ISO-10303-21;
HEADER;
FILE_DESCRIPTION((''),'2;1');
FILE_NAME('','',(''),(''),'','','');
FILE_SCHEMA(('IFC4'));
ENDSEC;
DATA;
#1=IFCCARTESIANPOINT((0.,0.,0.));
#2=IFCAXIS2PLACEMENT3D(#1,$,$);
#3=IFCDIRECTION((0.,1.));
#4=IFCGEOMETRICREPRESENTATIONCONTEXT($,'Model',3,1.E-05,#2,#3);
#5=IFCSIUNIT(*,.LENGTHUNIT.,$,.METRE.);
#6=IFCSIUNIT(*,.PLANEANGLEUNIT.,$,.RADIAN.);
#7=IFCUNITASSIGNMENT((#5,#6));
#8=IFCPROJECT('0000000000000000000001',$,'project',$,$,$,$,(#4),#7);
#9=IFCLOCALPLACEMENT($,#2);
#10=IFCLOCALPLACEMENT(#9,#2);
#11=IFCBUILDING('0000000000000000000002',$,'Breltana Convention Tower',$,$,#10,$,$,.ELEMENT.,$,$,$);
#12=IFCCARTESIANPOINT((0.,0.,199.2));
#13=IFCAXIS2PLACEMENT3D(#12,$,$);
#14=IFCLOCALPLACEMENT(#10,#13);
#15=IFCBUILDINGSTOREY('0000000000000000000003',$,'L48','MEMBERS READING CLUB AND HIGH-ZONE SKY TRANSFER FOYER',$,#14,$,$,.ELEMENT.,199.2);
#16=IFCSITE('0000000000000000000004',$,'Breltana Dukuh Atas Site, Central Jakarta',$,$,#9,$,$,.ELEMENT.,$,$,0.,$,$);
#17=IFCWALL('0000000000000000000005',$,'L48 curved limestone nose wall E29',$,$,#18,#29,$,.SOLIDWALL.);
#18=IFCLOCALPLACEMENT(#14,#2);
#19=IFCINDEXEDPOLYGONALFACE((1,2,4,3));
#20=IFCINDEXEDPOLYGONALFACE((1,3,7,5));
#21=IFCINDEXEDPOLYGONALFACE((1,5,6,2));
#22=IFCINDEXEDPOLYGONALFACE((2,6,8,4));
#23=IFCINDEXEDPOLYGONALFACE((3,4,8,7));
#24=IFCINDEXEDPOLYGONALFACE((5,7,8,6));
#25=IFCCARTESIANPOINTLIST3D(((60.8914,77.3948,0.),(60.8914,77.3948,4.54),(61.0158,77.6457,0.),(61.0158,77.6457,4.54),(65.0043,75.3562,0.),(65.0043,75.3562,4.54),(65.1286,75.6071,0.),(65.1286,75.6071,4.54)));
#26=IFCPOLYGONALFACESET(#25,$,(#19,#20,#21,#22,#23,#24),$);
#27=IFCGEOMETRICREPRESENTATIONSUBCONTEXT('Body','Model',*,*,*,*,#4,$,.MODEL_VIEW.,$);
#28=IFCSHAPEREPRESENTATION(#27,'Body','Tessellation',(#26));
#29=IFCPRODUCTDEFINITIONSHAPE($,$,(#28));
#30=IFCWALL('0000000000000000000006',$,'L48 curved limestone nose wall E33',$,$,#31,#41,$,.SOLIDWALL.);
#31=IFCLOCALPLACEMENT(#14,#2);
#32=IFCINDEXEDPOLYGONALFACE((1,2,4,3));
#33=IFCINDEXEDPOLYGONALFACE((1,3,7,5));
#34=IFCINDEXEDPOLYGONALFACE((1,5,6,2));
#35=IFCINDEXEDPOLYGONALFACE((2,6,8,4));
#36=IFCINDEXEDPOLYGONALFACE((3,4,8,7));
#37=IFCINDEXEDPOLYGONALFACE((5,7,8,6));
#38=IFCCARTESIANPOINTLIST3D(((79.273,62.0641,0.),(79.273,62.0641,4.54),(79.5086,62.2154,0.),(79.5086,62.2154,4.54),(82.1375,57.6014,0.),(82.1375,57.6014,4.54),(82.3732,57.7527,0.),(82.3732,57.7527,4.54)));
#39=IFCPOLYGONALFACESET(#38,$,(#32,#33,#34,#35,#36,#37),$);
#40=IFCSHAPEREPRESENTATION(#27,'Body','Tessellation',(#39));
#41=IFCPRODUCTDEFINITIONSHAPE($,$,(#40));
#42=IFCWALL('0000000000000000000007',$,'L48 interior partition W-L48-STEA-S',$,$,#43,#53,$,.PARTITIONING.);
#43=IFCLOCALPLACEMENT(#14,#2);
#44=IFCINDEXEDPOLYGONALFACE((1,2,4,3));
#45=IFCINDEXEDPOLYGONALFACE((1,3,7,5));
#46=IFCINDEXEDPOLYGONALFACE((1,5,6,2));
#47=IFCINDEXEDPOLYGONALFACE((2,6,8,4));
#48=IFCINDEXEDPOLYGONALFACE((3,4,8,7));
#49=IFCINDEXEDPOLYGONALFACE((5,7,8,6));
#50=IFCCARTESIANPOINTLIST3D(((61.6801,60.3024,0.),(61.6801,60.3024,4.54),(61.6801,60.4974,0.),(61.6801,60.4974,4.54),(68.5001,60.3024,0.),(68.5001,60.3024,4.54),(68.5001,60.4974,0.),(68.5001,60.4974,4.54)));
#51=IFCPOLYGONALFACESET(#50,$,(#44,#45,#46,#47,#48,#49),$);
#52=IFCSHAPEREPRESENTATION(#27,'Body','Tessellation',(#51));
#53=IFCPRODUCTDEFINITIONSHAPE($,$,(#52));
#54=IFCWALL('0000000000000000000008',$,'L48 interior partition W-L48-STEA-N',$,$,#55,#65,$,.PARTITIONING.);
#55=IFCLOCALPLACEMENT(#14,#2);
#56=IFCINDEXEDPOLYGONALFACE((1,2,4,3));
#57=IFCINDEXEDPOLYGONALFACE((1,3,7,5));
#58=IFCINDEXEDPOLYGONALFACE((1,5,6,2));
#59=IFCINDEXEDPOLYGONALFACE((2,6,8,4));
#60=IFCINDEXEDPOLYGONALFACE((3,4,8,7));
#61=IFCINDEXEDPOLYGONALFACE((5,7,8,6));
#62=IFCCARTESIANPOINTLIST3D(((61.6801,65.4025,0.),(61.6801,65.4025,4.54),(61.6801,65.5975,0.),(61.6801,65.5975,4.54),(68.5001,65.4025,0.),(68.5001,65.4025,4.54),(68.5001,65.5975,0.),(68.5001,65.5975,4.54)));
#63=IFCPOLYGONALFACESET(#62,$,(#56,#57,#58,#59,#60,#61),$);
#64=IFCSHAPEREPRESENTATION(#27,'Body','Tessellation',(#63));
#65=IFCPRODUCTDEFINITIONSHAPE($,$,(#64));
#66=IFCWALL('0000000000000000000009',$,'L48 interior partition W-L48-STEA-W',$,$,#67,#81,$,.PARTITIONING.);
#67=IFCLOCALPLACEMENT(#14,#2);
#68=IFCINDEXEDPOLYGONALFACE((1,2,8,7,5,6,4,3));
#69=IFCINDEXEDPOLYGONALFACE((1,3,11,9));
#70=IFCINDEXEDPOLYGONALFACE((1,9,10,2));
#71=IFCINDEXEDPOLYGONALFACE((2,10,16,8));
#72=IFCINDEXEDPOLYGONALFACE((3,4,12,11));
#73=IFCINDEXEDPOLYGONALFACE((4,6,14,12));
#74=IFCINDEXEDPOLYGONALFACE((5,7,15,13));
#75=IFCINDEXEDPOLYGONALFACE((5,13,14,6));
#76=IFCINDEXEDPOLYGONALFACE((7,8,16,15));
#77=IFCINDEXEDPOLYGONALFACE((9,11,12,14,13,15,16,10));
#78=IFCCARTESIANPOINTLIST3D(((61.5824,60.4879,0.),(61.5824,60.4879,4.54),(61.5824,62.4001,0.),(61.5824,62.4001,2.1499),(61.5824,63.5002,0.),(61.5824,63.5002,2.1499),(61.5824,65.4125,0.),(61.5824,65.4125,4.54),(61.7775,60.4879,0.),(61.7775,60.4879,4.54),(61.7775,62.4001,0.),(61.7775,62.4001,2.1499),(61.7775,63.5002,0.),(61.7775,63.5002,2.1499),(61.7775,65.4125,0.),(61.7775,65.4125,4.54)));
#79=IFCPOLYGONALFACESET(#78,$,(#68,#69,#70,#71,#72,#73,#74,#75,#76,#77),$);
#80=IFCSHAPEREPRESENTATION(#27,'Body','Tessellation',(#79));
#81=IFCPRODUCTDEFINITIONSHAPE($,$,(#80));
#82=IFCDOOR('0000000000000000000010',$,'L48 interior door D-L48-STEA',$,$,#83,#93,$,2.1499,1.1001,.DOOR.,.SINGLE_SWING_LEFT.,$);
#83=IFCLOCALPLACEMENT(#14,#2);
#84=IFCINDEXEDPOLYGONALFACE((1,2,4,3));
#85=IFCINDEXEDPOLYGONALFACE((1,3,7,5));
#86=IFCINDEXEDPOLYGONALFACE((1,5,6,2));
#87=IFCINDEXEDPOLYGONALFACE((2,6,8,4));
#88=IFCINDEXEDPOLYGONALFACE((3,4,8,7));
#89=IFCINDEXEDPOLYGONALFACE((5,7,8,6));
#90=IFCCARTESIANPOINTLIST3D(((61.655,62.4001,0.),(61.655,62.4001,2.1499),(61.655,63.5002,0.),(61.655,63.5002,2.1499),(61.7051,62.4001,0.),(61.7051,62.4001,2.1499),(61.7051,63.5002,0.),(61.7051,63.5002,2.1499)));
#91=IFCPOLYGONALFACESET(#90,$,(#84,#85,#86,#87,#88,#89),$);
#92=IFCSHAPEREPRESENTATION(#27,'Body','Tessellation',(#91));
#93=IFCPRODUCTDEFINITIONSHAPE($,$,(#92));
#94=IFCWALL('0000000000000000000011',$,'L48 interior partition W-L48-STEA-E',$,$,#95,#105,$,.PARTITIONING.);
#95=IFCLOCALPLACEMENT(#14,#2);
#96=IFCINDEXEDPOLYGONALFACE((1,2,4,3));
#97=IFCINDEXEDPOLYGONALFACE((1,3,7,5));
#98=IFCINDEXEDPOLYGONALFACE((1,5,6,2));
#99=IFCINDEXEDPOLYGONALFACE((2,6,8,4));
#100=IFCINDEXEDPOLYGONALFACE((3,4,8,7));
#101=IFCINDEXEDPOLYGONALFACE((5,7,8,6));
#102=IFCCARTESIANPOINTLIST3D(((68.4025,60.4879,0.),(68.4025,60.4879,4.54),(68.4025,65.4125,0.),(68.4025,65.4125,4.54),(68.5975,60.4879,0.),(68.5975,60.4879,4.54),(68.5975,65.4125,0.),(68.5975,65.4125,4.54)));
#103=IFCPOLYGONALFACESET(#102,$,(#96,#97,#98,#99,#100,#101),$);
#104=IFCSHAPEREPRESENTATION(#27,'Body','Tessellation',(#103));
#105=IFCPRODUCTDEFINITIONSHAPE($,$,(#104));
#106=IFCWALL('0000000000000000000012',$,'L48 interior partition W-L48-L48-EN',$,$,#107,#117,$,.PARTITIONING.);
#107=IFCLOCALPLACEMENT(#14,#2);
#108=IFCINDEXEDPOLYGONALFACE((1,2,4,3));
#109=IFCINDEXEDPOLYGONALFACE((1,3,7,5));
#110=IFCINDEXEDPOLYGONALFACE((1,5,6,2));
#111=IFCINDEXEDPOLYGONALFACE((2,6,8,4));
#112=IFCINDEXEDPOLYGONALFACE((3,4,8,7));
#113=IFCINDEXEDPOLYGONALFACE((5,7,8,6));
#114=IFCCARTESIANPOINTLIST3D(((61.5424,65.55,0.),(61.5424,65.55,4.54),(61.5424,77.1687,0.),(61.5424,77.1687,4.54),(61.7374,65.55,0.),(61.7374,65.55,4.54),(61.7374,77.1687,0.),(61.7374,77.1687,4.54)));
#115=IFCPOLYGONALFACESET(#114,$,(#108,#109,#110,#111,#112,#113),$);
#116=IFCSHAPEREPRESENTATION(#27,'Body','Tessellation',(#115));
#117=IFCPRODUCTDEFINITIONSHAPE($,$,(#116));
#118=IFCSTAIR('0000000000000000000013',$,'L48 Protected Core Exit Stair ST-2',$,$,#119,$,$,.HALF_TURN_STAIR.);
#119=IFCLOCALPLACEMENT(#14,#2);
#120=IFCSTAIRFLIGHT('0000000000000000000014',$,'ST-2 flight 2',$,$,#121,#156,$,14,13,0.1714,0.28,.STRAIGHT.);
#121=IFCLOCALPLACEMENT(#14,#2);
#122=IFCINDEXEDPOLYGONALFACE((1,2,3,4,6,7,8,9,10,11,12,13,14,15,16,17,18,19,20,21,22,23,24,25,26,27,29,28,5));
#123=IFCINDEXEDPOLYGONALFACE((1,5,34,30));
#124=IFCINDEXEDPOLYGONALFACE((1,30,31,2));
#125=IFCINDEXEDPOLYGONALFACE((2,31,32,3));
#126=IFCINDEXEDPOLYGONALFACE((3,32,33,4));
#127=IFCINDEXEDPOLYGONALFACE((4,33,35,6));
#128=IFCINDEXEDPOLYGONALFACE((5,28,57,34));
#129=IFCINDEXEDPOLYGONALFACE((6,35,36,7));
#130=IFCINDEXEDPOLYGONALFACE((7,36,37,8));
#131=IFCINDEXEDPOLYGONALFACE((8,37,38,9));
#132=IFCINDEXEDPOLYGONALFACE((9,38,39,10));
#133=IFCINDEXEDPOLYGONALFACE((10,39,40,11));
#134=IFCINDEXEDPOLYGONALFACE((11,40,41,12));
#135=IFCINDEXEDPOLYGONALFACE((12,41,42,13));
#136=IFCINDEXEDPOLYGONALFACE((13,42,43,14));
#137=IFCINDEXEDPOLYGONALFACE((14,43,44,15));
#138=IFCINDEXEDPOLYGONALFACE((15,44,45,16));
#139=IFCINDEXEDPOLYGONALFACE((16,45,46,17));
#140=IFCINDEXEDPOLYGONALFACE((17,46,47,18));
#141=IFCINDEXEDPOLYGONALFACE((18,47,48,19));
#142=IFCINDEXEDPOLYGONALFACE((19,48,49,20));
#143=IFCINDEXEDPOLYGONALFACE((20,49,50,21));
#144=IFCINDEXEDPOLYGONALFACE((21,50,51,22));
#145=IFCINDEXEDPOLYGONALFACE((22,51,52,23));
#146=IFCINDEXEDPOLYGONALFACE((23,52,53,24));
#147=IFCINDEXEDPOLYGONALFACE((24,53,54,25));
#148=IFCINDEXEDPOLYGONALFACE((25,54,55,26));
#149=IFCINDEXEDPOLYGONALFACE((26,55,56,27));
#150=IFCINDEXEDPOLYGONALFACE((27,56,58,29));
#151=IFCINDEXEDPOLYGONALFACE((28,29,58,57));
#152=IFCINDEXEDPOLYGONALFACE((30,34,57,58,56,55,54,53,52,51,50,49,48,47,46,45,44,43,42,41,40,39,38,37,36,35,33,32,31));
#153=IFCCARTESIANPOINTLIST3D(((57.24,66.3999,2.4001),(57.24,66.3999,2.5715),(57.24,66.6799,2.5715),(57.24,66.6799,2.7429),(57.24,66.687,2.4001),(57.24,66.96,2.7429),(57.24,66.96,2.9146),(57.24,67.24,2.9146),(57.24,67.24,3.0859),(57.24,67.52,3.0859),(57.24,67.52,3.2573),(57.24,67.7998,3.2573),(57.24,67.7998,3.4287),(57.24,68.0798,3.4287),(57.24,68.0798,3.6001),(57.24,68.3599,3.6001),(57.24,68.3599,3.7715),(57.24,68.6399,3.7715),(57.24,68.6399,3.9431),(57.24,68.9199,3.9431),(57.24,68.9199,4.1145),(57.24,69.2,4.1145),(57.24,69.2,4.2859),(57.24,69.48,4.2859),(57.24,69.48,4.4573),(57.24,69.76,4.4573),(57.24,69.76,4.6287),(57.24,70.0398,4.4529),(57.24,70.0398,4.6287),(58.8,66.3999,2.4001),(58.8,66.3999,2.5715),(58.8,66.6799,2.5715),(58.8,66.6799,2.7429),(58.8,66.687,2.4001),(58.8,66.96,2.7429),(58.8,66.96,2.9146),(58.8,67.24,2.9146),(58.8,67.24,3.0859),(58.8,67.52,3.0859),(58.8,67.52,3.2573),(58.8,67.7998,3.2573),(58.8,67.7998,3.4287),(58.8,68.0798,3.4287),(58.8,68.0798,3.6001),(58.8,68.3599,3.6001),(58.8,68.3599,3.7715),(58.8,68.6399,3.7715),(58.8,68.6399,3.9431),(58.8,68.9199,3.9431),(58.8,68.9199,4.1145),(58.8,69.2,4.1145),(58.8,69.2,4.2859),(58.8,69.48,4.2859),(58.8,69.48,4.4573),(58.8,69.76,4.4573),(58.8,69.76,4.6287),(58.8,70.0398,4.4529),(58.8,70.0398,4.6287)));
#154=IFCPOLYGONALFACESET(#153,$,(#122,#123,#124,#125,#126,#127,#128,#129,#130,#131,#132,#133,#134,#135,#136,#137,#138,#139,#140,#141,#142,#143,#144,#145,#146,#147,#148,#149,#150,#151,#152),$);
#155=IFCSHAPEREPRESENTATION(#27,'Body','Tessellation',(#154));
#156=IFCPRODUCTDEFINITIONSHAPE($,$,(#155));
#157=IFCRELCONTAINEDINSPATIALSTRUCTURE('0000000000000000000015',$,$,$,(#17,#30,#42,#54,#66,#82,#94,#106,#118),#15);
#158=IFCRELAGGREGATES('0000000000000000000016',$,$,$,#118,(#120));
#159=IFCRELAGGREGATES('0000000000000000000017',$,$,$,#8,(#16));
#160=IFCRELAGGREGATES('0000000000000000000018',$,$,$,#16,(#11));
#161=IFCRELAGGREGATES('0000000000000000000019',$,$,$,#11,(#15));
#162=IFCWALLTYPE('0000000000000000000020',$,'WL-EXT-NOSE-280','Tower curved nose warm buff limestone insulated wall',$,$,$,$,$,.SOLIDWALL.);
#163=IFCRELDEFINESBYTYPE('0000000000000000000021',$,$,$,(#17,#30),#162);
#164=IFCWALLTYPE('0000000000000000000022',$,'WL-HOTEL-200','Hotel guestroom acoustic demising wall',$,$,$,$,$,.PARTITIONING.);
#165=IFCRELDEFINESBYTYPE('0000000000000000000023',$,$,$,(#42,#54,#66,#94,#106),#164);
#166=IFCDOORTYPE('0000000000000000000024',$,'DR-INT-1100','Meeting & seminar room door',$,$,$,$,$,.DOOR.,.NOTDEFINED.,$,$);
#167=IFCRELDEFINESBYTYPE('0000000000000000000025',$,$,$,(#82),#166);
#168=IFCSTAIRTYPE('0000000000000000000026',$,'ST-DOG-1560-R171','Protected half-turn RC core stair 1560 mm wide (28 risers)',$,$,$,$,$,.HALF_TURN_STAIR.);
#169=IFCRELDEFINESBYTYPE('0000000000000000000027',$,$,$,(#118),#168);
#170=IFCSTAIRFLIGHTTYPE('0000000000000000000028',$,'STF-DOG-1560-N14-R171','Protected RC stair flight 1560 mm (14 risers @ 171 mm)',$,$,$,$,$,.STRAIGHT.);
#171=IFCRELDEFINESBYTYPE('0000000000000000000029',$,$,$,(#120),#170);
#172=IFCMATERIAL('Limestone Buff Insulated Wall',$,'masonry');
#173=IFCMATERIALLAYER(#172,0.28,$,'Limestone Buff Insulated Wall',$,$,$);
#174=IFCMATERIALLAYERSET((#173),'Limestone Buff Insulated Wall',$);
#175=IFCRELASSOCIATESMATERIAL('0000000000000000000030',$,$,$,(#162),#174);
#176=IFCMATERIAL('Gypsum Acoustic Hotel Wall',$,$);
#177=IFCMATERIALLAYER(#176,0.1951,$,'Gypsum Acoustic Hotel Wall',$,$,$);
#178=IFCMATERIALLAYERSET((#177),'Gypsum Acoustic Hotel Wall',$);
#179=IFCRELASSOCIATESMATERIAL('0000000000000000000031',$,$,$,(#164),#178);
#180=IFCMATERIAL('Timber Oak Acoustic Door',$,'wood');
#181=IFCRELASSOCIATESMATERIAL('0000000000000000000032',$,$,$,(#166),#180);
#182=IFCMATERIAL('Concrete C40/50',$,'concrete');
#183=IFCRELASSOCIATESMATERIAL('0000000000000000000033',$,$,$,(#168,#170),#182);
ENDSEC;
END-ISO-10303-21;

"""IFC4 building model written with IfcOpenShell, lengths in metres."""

from ifc_helpers import new_model, si_unit, direction, frame, frame_2d, origin, place, context, subcontext, project, spatial, polyline, rectangle, outline, extrude, source, transform, mapped, material, layer, layer_set, type_object, type_shapes, element, fill, aggregate, save


model = new_model("IFC4")

# Units and contexts
model_context = context("Model", 3, precision=1e-05, world=origin(), true_north=direction((0.0, 1.0)))
body_context = subcontext(model_context, "Body", "Model", "MODEL_VIEW")
ifc_project = project(units=[si_unit("LENGTHUNIT", "METRE"), si_unit("PLANEANGLEUNIT", "RADIAN")], contexts=[model_context])

# Site, building, storey
site_placement = place(None, origin())
site = spatial("IfcSite", under=ifc_project, at=site_placement, Name="Breltana Dukuh Atas Site, Central Jakarta", CompositionType="ELEMENT", RefElevation=0.0)
building_placement = place(site_placement, origin())
building = spatial("IfcBuilding", under=site, at=building_placement, Name="Breltana Convention Tower", CompositionType="ELEMENT")
storey_placement = place(building_placement, frame((0.0, 0.0, 199.2)))
storey = spatial("IfcBuildingStorey", under=building, at=storey_placement, Name="L48", Description="MEMBERS READING CLUB AND HIGH-ZONE SKY TRANSFER FOYER", CompositionType="ELEMENT", Elevation=199.2)

# Walls
ifc_material_1 = material(Name="Limestone Buff Insulated Wall", Category="masonry")
ifc_layer_1 = layer(ifc_material_1, 0.28, Name="Limestone Buff Insulated Wall")
ifc_layer_set_1 = layer_set([ifc_layer_1], Name="Limestone Buff Insulated Wall")
wall_type_1 = type_object("IfcWallType", Name="WL-EXT-NOSE-280", Description="Tower curved nose warm buff limestone insulated wall", PredefinedType="SOLIDWALL", material=ifc_layer_set_1)
shared_shape_1 = source(origin(), body_context, "Body", "SweptSolid", [
    extrude(rectangle(XDim=4.5903, YDim=0.28, at=frame_2d((2.2952, 0.0))), origin(), (0.0, 0.0, 1.0), 4.54),
])
wall_1_placement = place(storey_placement, frame((60.9536, 77.5203, 0.0), z_axis=(0.0, 0.0, 1.0), x_axis=(0.895975, -0.444105, 0.0)))
element("IfcWall", 1, at=wall_1_placement, inside=storey, type_object=wall_type_1, Name="L48 curved limestone nose wall E29", PredefinedType="SOLIDWALL", context=body_context, shape_type="MappedRepresentation", body=[
    mapped(shared_shape_1, transform((0.0, 0.0, 0.0), scale=1.0)),
])
shared_shape_2 = source(origin(), body_context, "Body", "SweptSolid", [
    extrude(rectangle(XDim=5.303, YDim=0.28, at=frame_2d((2.6514, 0.0))), origin(), (0.0, 0.0, 1.0), 4.54),
])
wall_2_placement = place(storey_placement, frame((79.3909, 62.1396, 0.0), z_axis=(0.0, 0.0, 1.0), x_axis=(0.540178, -0.841551, 0.0)))
element("IfcWall", 2, at=wall_2_placement, inside=storey, type_object=wall_type_1, Name="L48 curved limestone nose wall E33", PredefinedType="SOLIDWALL", context=body_context, shape_type="MappedRepresentation", body=[
    mapped(shared_shape_2, transform((0.0, 0.0, 0.0), scale=1.0)),
])
ifc_material_2 = material(Name="Gypsum Acoustic Hotel Wall")
ifc_layer_2 = layer(ifc_material_2, 0.1951, Name="Gypsum Acoustic Hotel Wall")
ifc_layer_set_2 = layer_set([ifc_layer_2], Name="Gypsum Acoustic Hotel Wall")
wall_type_2 = type_object("IfcWallType", Name="WL-HOTEL-200", Description="Hotel guestroom acoustic demising wall", PredefinedType="PARTITIONING", material=ifc_layer_set_2)
shared_shape_3 = source(origin(), body_context, "Body", "SweptSolid", [
    extrude(rectangle(XDim=6.8201, YDim=0.1951, at=frame_2d((3.4102, 0.0))), origin(), (0.0, 0.0, 1.0), 4.54),
])
for number, where, z_axis, x_axis, name in (
    (3, (61.6799, 60.3999, 0.0), (0.0, 0.0, 1.0), (1.0, 0.0, 0.0), "L48 interior partition W-L48-STEA-S"),
    (4, (61.6799, 65.5, 0.0), (0.0, 0.0, 1.0), (1.0, 0.0, 0.0), "L48 interior partition W-L48-STEA-N"),
):
    element("IfcWall", number, at=place(storey_placement, frame(where, z_axis=z_axis, x_axis=x_axis)), inside=storey, type_object=wall_type_2, Name=name, PredefinedType="PARTITIONING", context=body_context, shape_type="MappedRepresentation", body=[
        mapped(shared_shape_3, transform((0.0, 0.0, 0.0), scale=1.0)),
    ])

# Wall, opening, door
shared_shape_4 = source(origin(), body_context, "Body", "SweptSolid", [
    extrude(rectangle(XDim=4.9246, YDim=0.1951, at=frame_2d((2.4624, 0.0))), origin(), (0.0, 0.0, 1.0), 4.54),
])
wall_3_placement = place(storey_placement, frame((61.6799, 60.4878, 0.0), z_axis=(0.0, 0.0, 1.0), x_axis=(0.0, 1.0, 0.0)))
wall_3 = element("IfcWall", 5, at=wall_3_placement, inside=storey, type_object=wall_type_2, Name="L48 interior partition W-L48-STEA-W", PredefinedType="PARTITIONING", context=body_context, shape_type="MappedRepresentation", body=[
    mapped(shared_shape_4, transform((0.0, 0.0, 0.0), scale=1.0)),
])
opening_placement = place(wall_3_placement, frame((1.9124, 0.0, 0.0)))
opening = element("IfcOpeningElement", 6, at=opening_placement, cuts=wall_3, PredefinedType="OPENING", context=body_context, shape_type="SweptSolid", body=[
    extrude(rectangle(XDim=1.1001, YDim=2.1499, at=frame_2d((0.55, 1.075))), frame((0.0, 0.1074, 0.0), z_axis=(0.0, -1.0, 0.0), x_axis=(1.0, 0.0, 0.0)), (0.0, 0.0, 1.0), 0.2151),
])
ifc_material_3 = material(Name="Timber Oak Acoustic Door", Category="wood")
door_type = type_object("IfcDoorType", Name="DR-INT-1100", Description="Meeting & seminar room door", OperationType="NOTDEFINED", PredefinedType="DOOR", material=ifc_material_3)
shared_shape_5 = source(origin(), body_context, "Body", "SweptSolid", [
    extrude(rectangle(XDim=1.1001, YDim=2.1499, at=frame_2d((0.55, 1.075))), frame((0.0, 0.0249, 0.0), z_axis=(0.0, -1.0, 0.0), x_axis=(1.0, 0.0, 0.0)), (0.0, 0.0, 1.0), 0.05),
])
type_shapes(door_type, [shared_shape_5])
door_placement = place(opening_placement, origin())
door = element("IfcDoor", 7, at=door_placement, inside=storey, type_object=door_type, Name="L48 interior door D-L48-STEA", OperationType="SINGLE_SWING_LEFT", OverallHeight=2.1499, OverallWidth=1.1001, PredefinedType="DOOR", context=body_context, shape_type="MappedRepresentation", body=[
    mapped(shared_shape_5, transform((0.0, 0.0, 0.0), scale=1.0)),
])
fill(opening, door)

# Walls
wall_4_placement = place(storey_placement, frame((68.5, 60.4878, 0.0), z_axis=(0.0, 0.0, 1.0), x_axis=(0.0, 1.0, 0.0)))
element("IfcWall", 8, at=wall_4_placement, inside=storey, type_object=wall_type_2, Name="L48 interior partition W-L48-STEA-E", PredefinedType="PARTITIONING", context=body_context, shape_type="MappedRepresentation", body=[
    mapped(shared_shape_4, transform((0.0, 0.0, 0.0), scale=1.0)),
])
shared_shape_6 = source(origin(), body_context, "Body", "SweptSolid", [
    extrude(rectangle(XDim=11.6187, YDim=0.1951, at=frame_2d((5.8093, 0.0))), origin(), (0.0, 0.0, 1.0), 4.54),
])
wall_5_placement = place(storey_placement, frame((61.6399, 65.55, 0.0), z_axis=(0.0, 0.0, 1.0), x_axis=(0.0, 1.0, 0.0)))
element("IfcWall", 9, at=wall_5_placement, inside=storey, type_object=wall_type_2, Name="L48 interior partition W-L48-L48-EN", PredefinedType="PARTITIONING", context=body_context, shape_type="MappedRepresentation", body=[
    mapped(shared_shape_6, transform((0.0, 0.0, 0.0), scale=1.0)),
])

# Stair, stair flight
ifc_material_4 = material(Name="Concrete C40/50", Category="concrete")
stair_type = type_object("IfcStairType", Name="ST-DOG-1560-R171", Description="Protected half-turn RC core stair 1560 mm wide (28 risers)", PredefinedType="HALF_TURN_STAIR", material=ifc_material_4)
stair_placement = place(storey_placement, origin())
stair = element("IfcStair", 10, at=stair_placement, inside=storey, type_object=stair_type, Name="L48 Protected Core Exit Stair ST-2", PredefinedType="HALF_TURN_STAIR")
stair_flight_type = type_object("IfcStairFlightType", Name="STF-DOG-1560-N14-R171", Description="Protected RC stair flight 1560 mm (14 risers @ 171 mm)", PredefinedType="STRAIGHT", material=ifc_material_4)
stair_flight_placement = place(storey_placement, frame((58.02, 66.3999, 2.4001), z_axis=(0.0, 0.0, 1.0), x_axis=(0.0, 1.0, 0.0)))
stair_flight = element("IfcStairFlight", 11, at=stair_flight_placement, type_object=stair_flight_type, Name="ST-2 flight 2", NumberOfRisers=14, NumberOfTreads=13, PredefinedType="STRAIGHT", RiserHeight=0.1714, TreadLength=0.28, context=body_context, shape_type="SweptSolid", body=[
    extrude(outline(polyline([(0.0, 0.0), (0.0, 0.1714), (0.28, 0.1714), (0.28, 0.3428), (0.5601, 0.3428), (0.5601, 0.5144), (0.8401, 0.5144), (0.8401, 0.6858), (1.1201, 0.6858), (1.1201, 0.8572), (1.3999, 0.8572), (1.3999, 1.0286), (1.6799, 1.0286), (1.6799, 1.2), (1.96, 1.2), (1.96, 1.3713), (2.24, 1.3713), (2.24, 1.543), (2.52, 1.543), (2.52, 1.7144), (2.8, 1.7144), (2.8, 1.8857), (3.0801, 1.8857), (3.0801, 2.0571), (3.3601, 2.0571), (3.3601, 2.2285), (3.6399, 2.2285), (3.6399, 2.3999), (3.6399, 2.0527), (0.2871, 0.0), (0.0, 0.0)])), frame((0.0, 0.78, 0.0), z_axis=(0.0, -1.0, 0.0), x_axis=(1.0, 0.0, 0.0)), (0.0, 0.0, 1.0), 1.5601),
])
aggregate(stair, [stair_flight])

save(model, "model.ifc")
